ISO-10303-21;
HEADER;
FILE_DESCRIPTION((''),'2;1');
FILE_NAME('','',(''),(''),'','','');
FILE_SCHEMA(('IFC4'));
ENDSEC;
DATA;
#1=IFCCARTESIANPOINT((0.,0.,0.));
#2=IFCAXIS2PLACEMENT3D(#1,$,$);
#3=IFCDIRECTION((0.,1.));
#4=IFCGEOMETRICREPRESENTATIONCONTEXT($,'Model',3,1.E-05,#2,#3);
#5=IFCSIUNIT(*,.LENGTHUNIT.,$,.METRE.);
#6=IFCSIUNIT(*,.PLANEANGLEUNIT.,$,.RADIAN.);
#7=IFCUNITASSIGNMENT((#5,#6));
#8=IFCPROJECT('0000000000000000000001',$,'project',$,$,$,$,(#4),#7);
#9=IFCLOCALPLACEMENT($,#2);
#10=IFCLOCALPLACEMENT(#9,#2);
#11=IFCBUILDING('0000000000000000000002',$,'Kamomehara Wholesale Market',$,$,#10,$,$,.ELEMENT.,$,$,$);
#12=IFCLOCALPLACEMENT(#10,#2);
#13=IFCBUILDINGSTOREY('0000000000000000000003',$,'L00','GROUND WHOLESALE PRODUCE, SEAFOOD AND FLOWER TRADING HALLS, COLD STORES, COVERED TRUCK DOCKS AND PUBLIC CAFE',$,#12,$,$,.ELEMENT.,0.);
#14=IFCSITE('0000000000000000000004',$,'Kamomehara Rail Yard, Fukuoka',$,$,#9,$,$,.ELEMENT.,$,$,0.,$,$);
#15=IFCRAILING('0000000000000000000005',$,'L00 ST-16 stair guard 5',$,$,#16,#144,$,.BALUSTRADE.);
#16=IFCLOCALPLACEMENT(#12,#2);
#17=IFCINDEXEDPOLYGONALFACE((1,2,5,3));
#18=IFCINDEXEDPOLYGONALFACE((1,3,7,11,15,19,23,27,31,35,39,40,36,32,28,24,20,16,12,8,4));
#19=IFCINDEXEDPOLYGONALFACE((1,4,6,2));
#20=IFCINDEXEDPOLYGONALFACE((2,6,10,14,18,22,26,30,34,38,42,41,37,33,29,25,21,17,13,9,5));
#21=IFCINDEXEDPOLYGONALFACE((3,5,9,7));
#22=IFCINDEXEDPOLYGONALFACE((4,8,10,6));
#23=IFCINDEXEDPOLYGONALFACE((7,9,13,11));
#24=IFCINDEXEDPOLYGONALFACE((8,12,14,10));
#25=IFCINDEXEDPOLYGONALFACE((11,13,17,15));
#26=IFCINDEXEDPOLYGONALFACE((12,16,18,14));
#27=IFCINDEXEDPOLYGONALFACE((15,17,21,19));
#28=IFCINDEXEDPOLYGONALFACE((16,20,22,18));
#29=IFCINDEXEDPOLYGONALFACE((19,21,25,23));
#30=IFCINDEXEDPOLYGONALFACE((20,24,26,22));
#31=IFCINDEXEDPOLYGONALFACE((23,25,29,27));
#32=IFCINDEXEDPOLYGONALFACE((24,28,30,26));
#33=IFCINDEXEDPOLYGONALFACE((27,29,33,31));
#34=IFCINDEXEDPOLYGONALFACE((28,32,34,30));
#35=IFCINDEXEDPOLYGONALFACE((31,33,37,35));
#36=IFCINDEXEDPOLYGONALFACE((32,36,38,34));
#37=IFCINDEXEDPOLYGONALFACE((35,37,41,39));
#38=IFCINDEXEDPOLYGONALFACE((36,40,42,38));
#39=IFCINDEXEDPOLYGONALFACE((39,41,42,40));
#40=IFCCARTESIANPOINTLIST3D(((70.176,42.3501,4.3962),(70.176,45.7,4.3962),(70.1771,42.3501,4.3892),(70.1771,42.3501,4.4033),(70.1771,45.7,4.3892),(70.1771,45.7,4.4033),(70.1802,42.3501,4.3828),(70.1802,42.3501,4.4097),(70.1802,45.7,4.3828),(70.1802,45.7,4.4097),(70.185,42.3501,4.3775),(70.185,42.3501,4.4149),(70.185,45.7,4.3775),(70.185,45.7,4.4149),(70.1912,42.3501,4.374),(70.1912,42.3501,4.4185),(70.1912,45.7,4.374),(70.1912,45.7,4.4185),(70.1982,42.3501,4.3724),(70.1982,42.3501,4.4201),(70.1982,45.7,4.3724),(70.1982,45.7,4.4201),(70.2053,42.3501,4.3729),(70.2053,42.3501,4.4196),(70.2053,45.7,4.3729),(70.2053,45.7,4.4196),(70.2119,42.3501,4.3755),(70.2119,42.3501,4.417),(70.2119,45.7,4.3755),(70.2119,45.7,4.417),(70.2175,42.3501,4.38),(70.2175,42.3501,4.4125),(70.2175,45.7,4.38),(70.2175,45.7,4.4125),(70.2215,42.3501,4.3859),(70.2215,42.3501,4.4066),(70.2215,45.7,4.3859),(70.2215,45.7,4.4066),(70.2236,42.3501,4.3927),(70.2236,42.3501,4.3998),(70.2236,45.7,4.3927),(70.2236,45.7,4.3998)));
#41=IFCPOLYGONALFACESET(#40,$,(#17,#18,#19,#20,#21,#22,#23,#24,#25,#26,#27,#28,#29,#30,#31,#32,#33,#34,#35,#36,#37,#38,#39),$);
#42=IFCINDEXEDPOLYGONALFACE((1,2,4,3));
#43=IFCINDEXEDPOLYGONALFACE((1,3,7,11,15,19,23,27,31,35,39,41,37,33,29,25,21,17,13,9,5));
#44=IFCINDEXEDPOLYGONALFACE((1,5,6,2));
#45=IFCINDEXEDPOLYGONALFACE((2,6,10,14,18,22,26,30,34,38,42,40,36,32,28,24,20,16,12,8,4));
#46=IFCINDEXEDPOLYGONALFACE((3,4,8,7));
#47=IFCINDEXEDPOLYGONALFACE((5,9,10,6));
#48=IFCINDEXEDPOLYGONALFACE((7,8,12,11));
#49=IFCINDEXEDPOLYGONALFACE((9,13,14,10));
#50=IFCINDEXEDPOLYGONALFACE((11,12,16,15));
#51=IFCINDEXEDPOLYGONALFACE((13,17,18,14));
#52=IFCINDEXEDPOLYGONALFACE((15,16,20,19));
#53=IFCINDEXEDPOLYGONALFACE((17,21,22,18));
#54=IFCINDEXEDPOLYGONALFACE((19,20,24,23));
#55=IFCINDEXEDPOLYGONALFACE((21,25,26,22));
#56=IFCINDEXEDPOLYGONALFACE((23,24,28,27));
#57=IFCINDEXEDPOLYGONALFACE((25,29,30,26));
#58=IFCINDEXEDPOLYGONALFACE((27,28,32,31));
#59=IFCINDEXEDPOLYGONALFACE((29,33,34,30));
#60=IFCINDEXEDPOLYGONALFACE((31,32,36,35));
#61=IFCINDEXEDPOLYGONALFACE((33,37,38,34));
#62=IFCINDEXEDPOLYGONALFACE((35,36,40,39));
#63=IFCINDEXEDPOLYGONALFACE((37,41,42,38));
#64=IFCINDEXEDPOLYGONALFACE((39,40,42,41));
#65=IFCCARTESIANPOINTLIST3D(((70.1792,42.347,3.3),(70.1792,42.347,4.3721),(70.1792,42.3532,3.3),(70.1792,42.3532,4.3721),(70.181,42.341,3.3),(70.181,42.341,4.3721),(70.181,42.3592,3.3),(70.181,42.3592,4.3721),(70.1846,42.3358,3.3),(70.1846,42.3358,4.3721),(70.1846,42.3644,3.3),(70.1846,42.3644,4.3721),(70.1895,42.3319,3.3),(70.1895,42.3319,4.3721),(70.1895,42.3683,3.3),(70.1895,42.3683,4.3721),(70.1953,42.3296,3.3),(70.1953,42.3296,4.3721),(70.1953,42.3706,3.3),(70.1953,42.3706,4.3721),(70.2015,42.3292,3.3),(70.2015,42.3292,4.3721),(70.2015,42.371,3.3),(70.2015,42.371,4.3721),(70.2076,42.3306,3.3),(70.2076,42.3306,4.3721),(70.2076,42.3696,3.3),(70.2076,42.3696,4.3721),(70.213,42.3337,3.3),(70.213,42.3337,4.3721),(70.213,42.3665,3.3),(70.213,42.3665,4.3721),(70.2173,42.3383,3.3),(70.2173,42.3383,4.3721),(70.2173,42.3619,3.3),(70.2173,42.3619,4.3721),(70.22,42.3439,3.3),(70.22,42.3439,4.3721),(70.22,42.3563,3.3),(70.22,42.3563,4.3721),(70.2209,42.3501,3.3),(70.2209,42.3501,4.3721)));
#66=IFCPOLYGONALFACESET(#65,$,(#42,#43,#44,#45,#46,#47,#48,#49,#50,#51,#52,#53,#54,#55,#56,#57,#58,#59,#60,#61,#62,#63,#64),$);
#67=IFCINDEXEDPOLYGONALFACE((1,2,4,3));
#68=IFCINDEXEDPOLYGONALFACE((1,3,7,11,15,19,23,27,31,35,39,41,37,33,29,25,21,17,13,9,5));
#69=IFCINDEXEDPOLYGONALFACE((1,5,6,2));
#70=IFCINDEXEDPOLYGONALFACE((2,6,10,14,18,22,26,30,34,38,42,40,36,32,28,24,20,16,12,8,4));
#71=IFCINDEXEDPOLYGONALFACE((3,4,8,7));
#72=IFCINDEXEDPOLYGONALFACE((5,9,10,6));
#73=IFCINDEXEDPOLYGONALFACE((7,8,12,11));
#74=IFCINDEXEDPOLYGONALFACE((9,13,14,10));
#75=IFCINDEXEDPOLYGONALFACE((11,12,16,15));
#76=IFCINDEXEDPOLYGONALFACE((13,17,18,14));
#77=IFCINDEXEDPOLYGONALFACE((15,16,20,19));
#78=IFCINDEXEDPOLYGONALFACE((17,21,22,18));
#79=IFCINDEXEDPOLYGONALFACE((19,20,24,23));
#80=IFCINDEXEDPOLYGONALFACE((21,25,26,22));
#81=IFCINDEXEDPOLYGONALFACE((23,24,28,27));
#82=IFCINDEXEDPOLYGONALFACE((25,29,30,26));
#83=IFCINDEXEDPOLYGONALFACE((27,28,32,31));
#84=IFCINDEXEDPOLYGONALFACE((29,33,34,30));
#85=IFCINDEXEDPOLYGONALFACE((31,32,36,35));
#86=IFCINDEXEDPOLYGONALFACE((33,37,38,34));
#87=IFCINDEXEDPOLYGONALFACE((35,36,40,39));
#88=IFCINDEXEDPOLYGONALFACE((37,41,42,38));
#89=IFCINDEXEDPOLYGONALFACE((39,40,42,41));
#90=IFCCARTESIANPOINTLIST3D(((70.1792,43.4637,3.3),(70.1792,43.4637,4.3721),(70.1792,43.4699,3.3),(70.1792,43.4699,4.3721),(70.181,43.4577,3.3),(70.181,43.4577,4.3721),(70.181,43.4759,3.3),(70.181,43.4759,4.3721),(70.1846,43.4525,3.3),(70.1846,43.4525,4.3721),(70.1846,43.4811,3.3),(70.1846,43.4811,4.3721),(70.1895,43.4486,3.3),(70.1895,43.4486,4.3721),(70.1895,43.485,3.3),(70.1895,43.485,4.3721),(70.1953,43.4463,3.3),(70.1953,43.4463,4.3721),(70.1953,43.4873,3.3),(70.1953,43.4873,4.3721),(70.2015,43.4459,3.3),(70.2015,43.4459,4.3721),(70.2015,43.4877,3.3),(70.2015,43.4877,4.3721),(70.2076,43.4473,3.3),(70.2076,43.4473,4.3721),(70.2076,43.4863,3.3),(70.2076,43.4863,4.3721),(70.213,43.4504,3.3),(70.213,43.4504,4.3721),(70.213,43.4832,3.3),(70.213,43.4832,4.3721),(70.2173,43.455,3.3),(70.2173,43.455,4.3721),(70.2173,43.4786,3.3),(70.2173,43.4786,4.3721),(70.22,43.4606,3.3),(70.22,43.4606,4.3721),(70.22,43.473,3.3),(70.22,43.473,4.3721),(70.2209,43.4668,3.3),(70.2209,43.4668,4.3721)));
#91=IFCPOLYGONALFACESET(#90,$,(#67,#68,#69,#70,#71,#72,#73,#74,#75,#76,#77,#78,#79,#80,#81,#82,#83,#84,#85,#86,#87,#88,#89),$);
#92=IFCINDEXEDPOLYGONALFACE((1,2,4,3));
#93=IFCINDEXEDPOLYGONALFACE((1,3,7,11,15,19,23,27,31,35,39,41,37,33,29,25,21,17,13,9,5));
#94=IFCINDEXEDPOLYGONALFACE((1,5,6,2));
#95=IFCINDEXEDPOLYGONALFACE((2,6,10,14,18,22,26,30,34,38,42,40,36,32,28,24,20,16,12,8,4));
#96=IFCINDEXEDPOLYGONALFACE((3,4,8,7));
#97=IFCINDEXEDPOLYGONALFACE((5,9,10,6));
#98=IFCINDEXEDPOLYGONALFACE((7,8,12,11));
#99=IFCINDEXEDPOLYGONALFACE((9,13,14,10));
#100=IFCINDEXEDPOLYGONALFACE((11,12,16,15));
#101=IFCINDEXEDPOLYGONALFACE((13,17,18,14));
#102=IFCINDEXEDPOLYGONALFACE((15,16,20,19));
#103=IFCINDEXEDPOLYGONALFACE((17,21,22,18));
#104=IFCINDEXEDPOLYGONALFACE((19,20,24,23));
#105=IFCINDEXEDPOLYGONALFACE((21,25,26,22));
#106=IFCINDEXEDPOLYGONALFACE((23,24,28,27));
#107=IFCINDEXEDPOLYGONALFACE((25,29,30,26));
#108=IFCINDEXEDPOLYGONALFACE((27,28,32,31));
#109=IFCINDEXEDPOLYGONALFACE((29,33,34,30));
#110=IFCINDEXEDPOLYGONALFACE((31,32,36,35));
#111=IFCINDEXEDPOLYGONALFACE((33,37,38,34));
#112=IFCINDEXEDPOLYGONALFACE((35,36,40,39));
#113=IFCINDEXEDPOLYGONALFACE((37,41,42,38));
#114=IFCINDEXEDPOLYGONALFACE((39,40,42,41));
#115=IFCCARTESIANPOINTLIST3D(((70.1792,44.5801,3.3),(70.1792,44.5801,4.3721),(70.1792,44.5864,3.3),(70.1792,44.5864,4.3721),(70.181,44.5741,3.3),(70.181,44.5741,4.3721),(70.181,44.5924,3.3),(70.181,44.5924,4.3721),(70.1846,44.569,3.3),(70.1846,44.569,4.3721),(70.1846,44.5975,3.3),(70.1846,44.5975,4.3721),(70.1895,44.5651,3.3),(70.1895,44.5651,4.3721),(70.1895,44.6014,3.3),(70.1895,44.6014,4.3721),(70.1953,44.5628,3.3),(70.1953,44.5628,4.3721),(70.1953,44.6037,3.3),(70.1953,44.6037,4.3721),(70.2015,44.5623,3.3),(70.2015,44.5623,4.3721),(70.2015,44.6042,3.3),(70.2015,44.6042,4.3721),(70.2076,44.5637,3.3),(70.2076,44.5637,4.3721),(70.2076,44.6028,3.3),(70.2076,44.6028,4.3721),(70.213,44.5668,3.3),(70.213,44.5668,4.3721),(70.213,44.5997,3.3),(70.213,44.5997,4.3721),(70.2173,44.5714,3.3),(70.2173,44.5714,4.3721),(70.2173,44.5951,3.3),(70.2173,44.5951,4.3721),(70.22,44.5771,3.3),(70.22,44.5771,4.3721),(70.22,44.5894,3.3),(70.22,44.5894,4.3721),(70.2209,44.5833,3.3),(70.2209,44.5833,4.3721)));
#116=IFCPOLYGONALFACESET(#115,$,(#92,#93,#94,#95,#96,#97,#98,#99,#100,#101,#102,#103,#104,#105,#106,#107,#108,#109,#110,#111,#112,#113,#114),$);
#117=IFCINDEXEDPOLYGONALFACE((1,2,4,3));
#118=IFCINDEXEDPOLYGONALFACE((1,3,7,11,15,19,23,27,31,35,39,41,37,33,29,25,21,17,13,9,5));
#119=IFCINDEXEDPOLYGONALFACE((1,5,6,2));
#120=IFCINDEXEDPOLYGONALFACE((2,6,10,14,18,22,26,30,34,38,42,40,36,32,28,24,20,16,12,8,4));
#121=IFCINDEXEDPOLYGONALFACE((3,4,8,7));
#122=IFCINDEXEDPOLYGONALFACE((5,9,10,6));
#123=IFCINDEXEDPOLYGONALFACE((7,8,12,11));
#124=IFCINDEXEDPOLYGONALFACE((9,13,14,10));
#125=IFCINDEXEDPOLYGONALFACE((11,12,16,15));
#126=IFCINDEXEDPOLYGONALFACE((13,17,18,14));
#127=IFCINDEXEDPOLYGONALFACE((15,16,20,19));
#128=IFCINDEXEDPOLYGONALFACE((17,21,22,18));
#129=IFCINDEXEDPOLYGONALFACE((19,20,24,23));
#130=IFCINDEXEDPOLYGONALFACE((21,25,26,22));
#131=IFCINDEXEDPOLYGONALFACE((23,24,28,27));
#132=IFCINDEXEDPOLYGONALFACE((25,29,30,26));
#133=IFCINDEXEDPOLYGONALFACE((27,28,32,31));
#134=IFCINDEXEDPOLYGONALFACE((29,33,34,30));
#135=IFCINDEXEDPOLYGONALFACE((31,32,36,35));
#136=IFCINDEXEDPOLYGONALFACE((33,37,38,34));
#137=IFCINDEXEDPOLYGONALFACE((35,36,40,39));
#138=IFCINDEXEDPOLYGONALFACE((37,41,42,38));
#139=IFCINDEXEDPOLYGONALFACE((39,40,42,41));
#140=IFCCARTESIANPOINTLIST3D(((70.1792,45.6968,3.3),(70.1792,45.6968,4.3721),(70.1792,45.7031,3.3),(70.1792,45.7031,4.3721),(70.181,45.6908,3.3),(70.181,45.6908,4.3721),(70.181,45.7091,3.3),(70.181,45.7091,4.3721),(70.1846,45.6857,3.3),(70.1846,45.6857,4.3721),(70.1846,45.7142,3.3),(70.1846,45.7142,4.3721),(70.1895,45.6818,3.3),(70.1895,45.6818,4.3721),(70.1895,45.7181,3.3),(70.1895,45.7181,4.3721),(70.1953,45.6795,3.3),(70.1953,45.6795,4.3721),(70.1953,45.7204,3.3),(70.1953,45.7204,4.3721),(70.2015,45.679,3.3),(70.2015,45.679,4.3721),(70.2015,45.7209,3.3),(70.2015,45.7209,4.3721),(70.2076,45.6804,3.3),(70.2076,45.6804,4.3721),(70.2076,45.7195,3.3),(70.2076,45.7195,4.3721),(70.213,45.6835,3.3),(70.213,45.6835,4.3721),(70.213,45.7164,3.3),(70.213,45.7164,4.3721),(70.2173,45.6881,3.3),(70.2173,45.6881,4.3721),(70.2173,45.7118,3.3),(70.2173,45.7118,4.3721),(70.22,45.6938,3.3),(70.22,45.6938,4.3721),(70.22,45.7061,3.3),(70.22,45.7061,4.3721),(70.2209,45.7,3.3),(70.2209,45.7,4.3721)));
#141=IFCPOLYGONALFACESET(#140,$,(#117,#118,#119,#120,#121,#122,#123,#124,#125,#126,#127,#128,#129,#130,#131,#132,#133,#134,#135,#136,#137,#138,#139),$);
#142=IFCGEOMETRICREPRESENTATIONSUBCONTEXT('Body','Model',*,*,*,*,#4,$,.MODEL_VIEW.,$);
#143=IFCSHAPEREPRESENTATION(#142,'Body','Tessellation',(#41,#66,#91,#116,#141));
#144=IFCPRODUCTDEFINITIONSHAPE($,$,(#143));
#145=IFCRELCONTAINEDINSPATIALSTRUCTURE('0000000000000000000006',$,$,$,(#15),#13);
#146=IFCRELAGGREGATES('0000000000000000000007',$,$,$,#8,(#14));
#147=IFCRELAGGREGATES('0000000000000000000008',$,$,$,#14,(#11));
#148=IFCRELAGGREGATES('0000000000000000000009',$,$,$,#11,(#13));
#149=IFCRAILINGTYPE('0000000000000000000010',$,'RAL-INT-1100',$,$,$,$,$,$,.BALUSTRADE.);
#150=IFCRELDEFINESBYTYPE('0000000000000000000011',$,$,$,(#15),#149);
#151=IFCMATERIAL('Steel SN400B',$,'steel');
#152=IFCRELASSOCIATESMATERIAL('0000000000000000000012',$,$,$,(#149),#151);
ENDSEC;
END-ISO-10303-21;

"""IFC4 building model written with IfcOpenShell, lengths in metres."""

from ifc_helpers import new_model, si_unit, direction, frame, origin, origin_2d, place, context, subcontext, project, spatial, circle, extrude, material, type_object, element, save


model = new_model("IFC4")

# Units and contexts
model_context = context("Model", 3, precision=1e-05, world=origin(), true_north=direction((0.0, 1.0)))
body_context = subcontext(model_context, "Body", "Model", "MODEL_VIEW")
ifc_project = project(units=[si_unit("LENGTHUNIT", "METRE"), si_unit("PLANEANGLEUNIT", "RADIAN")], contexts=[model_context])

# Site, building, storey
site_placement = place(None, origin())
site = spatial("IfcSite", under=ifc_project, at=site_placement, Name="Kamomehara Rail Yard, Fukuoka", CompositionType="ELEMENT", RefElevation=0.0)
building_placement = place(site_placement, origin())
building = spatial("IfcBuilding", under=site, at=building_placement, Name="Kamomehara Wholesale Market", CompositionType="ELEMENT")
storey_placement = place(building_placement, origin())
storey = spatial("IfcBuildingStorey", under=building, at=storey_placement, Name="L00", Description="GROUND WHOLESALE PRODUCE, SEAFOOD AND FLOWER TRADING HALLS, COLD STORES, COVERED TRUCK DOCKS AND PUBLIC CAFE", CompositionType="ELEMENT", Elevation=0.0)

# Railing
ifc_material_1 = material(Name="Steel SN400B", Category="steel")
railing_type_1 = type_object("IfcRailingType", Name="RAL-INT-1100", PredefinedType="BALUSTRADE", material=ifc_material_1)
railing_1_placement = place(storey_placement, frame((70.2, 42.3501, 3.3)))
element("IfcRailing", 1, at=railing_1_placement, inside=storey, type_object=railing_type_1, Name="L00 ST-16 stair guard 5", PredefinedType="BALUSTRADE", context=body_context, shape_type="SweptSolid", body=[
    extrude(circle(Radius=0.0239, at=origin_2d()), frame((0.0, 0.0, 1.0962), z_axis=(0.0, 1.0, 0.0), x_axis=(-1.0, 0.0, 0.0)), (0.0, 0.0, 1.0), 3.3499),
    extrude(circle(Radius=0.021, at=origin_2d()), origin(), (0.0, 0.0, 1.0), 1.072),
    extrude(circle(Radius=0.021, at=origin_2d()), frame((0.0, 1.1167, 0.0)), (0.0, 0.0, 1.0), 1.072),
    extrude(circle(Radius=0.021, at=origin_2d()), frame((0.0, 2.2332, 0.0)), (0.0, 0.0, 1.0), 1.072),
    extrude(circle(Radius=0.021, at=origin_2d()), frame((0.0, 3.3499, 0.0)), (0.0, 0.0, 1.0), 1.072),
])

save(model, "model.ifc")
